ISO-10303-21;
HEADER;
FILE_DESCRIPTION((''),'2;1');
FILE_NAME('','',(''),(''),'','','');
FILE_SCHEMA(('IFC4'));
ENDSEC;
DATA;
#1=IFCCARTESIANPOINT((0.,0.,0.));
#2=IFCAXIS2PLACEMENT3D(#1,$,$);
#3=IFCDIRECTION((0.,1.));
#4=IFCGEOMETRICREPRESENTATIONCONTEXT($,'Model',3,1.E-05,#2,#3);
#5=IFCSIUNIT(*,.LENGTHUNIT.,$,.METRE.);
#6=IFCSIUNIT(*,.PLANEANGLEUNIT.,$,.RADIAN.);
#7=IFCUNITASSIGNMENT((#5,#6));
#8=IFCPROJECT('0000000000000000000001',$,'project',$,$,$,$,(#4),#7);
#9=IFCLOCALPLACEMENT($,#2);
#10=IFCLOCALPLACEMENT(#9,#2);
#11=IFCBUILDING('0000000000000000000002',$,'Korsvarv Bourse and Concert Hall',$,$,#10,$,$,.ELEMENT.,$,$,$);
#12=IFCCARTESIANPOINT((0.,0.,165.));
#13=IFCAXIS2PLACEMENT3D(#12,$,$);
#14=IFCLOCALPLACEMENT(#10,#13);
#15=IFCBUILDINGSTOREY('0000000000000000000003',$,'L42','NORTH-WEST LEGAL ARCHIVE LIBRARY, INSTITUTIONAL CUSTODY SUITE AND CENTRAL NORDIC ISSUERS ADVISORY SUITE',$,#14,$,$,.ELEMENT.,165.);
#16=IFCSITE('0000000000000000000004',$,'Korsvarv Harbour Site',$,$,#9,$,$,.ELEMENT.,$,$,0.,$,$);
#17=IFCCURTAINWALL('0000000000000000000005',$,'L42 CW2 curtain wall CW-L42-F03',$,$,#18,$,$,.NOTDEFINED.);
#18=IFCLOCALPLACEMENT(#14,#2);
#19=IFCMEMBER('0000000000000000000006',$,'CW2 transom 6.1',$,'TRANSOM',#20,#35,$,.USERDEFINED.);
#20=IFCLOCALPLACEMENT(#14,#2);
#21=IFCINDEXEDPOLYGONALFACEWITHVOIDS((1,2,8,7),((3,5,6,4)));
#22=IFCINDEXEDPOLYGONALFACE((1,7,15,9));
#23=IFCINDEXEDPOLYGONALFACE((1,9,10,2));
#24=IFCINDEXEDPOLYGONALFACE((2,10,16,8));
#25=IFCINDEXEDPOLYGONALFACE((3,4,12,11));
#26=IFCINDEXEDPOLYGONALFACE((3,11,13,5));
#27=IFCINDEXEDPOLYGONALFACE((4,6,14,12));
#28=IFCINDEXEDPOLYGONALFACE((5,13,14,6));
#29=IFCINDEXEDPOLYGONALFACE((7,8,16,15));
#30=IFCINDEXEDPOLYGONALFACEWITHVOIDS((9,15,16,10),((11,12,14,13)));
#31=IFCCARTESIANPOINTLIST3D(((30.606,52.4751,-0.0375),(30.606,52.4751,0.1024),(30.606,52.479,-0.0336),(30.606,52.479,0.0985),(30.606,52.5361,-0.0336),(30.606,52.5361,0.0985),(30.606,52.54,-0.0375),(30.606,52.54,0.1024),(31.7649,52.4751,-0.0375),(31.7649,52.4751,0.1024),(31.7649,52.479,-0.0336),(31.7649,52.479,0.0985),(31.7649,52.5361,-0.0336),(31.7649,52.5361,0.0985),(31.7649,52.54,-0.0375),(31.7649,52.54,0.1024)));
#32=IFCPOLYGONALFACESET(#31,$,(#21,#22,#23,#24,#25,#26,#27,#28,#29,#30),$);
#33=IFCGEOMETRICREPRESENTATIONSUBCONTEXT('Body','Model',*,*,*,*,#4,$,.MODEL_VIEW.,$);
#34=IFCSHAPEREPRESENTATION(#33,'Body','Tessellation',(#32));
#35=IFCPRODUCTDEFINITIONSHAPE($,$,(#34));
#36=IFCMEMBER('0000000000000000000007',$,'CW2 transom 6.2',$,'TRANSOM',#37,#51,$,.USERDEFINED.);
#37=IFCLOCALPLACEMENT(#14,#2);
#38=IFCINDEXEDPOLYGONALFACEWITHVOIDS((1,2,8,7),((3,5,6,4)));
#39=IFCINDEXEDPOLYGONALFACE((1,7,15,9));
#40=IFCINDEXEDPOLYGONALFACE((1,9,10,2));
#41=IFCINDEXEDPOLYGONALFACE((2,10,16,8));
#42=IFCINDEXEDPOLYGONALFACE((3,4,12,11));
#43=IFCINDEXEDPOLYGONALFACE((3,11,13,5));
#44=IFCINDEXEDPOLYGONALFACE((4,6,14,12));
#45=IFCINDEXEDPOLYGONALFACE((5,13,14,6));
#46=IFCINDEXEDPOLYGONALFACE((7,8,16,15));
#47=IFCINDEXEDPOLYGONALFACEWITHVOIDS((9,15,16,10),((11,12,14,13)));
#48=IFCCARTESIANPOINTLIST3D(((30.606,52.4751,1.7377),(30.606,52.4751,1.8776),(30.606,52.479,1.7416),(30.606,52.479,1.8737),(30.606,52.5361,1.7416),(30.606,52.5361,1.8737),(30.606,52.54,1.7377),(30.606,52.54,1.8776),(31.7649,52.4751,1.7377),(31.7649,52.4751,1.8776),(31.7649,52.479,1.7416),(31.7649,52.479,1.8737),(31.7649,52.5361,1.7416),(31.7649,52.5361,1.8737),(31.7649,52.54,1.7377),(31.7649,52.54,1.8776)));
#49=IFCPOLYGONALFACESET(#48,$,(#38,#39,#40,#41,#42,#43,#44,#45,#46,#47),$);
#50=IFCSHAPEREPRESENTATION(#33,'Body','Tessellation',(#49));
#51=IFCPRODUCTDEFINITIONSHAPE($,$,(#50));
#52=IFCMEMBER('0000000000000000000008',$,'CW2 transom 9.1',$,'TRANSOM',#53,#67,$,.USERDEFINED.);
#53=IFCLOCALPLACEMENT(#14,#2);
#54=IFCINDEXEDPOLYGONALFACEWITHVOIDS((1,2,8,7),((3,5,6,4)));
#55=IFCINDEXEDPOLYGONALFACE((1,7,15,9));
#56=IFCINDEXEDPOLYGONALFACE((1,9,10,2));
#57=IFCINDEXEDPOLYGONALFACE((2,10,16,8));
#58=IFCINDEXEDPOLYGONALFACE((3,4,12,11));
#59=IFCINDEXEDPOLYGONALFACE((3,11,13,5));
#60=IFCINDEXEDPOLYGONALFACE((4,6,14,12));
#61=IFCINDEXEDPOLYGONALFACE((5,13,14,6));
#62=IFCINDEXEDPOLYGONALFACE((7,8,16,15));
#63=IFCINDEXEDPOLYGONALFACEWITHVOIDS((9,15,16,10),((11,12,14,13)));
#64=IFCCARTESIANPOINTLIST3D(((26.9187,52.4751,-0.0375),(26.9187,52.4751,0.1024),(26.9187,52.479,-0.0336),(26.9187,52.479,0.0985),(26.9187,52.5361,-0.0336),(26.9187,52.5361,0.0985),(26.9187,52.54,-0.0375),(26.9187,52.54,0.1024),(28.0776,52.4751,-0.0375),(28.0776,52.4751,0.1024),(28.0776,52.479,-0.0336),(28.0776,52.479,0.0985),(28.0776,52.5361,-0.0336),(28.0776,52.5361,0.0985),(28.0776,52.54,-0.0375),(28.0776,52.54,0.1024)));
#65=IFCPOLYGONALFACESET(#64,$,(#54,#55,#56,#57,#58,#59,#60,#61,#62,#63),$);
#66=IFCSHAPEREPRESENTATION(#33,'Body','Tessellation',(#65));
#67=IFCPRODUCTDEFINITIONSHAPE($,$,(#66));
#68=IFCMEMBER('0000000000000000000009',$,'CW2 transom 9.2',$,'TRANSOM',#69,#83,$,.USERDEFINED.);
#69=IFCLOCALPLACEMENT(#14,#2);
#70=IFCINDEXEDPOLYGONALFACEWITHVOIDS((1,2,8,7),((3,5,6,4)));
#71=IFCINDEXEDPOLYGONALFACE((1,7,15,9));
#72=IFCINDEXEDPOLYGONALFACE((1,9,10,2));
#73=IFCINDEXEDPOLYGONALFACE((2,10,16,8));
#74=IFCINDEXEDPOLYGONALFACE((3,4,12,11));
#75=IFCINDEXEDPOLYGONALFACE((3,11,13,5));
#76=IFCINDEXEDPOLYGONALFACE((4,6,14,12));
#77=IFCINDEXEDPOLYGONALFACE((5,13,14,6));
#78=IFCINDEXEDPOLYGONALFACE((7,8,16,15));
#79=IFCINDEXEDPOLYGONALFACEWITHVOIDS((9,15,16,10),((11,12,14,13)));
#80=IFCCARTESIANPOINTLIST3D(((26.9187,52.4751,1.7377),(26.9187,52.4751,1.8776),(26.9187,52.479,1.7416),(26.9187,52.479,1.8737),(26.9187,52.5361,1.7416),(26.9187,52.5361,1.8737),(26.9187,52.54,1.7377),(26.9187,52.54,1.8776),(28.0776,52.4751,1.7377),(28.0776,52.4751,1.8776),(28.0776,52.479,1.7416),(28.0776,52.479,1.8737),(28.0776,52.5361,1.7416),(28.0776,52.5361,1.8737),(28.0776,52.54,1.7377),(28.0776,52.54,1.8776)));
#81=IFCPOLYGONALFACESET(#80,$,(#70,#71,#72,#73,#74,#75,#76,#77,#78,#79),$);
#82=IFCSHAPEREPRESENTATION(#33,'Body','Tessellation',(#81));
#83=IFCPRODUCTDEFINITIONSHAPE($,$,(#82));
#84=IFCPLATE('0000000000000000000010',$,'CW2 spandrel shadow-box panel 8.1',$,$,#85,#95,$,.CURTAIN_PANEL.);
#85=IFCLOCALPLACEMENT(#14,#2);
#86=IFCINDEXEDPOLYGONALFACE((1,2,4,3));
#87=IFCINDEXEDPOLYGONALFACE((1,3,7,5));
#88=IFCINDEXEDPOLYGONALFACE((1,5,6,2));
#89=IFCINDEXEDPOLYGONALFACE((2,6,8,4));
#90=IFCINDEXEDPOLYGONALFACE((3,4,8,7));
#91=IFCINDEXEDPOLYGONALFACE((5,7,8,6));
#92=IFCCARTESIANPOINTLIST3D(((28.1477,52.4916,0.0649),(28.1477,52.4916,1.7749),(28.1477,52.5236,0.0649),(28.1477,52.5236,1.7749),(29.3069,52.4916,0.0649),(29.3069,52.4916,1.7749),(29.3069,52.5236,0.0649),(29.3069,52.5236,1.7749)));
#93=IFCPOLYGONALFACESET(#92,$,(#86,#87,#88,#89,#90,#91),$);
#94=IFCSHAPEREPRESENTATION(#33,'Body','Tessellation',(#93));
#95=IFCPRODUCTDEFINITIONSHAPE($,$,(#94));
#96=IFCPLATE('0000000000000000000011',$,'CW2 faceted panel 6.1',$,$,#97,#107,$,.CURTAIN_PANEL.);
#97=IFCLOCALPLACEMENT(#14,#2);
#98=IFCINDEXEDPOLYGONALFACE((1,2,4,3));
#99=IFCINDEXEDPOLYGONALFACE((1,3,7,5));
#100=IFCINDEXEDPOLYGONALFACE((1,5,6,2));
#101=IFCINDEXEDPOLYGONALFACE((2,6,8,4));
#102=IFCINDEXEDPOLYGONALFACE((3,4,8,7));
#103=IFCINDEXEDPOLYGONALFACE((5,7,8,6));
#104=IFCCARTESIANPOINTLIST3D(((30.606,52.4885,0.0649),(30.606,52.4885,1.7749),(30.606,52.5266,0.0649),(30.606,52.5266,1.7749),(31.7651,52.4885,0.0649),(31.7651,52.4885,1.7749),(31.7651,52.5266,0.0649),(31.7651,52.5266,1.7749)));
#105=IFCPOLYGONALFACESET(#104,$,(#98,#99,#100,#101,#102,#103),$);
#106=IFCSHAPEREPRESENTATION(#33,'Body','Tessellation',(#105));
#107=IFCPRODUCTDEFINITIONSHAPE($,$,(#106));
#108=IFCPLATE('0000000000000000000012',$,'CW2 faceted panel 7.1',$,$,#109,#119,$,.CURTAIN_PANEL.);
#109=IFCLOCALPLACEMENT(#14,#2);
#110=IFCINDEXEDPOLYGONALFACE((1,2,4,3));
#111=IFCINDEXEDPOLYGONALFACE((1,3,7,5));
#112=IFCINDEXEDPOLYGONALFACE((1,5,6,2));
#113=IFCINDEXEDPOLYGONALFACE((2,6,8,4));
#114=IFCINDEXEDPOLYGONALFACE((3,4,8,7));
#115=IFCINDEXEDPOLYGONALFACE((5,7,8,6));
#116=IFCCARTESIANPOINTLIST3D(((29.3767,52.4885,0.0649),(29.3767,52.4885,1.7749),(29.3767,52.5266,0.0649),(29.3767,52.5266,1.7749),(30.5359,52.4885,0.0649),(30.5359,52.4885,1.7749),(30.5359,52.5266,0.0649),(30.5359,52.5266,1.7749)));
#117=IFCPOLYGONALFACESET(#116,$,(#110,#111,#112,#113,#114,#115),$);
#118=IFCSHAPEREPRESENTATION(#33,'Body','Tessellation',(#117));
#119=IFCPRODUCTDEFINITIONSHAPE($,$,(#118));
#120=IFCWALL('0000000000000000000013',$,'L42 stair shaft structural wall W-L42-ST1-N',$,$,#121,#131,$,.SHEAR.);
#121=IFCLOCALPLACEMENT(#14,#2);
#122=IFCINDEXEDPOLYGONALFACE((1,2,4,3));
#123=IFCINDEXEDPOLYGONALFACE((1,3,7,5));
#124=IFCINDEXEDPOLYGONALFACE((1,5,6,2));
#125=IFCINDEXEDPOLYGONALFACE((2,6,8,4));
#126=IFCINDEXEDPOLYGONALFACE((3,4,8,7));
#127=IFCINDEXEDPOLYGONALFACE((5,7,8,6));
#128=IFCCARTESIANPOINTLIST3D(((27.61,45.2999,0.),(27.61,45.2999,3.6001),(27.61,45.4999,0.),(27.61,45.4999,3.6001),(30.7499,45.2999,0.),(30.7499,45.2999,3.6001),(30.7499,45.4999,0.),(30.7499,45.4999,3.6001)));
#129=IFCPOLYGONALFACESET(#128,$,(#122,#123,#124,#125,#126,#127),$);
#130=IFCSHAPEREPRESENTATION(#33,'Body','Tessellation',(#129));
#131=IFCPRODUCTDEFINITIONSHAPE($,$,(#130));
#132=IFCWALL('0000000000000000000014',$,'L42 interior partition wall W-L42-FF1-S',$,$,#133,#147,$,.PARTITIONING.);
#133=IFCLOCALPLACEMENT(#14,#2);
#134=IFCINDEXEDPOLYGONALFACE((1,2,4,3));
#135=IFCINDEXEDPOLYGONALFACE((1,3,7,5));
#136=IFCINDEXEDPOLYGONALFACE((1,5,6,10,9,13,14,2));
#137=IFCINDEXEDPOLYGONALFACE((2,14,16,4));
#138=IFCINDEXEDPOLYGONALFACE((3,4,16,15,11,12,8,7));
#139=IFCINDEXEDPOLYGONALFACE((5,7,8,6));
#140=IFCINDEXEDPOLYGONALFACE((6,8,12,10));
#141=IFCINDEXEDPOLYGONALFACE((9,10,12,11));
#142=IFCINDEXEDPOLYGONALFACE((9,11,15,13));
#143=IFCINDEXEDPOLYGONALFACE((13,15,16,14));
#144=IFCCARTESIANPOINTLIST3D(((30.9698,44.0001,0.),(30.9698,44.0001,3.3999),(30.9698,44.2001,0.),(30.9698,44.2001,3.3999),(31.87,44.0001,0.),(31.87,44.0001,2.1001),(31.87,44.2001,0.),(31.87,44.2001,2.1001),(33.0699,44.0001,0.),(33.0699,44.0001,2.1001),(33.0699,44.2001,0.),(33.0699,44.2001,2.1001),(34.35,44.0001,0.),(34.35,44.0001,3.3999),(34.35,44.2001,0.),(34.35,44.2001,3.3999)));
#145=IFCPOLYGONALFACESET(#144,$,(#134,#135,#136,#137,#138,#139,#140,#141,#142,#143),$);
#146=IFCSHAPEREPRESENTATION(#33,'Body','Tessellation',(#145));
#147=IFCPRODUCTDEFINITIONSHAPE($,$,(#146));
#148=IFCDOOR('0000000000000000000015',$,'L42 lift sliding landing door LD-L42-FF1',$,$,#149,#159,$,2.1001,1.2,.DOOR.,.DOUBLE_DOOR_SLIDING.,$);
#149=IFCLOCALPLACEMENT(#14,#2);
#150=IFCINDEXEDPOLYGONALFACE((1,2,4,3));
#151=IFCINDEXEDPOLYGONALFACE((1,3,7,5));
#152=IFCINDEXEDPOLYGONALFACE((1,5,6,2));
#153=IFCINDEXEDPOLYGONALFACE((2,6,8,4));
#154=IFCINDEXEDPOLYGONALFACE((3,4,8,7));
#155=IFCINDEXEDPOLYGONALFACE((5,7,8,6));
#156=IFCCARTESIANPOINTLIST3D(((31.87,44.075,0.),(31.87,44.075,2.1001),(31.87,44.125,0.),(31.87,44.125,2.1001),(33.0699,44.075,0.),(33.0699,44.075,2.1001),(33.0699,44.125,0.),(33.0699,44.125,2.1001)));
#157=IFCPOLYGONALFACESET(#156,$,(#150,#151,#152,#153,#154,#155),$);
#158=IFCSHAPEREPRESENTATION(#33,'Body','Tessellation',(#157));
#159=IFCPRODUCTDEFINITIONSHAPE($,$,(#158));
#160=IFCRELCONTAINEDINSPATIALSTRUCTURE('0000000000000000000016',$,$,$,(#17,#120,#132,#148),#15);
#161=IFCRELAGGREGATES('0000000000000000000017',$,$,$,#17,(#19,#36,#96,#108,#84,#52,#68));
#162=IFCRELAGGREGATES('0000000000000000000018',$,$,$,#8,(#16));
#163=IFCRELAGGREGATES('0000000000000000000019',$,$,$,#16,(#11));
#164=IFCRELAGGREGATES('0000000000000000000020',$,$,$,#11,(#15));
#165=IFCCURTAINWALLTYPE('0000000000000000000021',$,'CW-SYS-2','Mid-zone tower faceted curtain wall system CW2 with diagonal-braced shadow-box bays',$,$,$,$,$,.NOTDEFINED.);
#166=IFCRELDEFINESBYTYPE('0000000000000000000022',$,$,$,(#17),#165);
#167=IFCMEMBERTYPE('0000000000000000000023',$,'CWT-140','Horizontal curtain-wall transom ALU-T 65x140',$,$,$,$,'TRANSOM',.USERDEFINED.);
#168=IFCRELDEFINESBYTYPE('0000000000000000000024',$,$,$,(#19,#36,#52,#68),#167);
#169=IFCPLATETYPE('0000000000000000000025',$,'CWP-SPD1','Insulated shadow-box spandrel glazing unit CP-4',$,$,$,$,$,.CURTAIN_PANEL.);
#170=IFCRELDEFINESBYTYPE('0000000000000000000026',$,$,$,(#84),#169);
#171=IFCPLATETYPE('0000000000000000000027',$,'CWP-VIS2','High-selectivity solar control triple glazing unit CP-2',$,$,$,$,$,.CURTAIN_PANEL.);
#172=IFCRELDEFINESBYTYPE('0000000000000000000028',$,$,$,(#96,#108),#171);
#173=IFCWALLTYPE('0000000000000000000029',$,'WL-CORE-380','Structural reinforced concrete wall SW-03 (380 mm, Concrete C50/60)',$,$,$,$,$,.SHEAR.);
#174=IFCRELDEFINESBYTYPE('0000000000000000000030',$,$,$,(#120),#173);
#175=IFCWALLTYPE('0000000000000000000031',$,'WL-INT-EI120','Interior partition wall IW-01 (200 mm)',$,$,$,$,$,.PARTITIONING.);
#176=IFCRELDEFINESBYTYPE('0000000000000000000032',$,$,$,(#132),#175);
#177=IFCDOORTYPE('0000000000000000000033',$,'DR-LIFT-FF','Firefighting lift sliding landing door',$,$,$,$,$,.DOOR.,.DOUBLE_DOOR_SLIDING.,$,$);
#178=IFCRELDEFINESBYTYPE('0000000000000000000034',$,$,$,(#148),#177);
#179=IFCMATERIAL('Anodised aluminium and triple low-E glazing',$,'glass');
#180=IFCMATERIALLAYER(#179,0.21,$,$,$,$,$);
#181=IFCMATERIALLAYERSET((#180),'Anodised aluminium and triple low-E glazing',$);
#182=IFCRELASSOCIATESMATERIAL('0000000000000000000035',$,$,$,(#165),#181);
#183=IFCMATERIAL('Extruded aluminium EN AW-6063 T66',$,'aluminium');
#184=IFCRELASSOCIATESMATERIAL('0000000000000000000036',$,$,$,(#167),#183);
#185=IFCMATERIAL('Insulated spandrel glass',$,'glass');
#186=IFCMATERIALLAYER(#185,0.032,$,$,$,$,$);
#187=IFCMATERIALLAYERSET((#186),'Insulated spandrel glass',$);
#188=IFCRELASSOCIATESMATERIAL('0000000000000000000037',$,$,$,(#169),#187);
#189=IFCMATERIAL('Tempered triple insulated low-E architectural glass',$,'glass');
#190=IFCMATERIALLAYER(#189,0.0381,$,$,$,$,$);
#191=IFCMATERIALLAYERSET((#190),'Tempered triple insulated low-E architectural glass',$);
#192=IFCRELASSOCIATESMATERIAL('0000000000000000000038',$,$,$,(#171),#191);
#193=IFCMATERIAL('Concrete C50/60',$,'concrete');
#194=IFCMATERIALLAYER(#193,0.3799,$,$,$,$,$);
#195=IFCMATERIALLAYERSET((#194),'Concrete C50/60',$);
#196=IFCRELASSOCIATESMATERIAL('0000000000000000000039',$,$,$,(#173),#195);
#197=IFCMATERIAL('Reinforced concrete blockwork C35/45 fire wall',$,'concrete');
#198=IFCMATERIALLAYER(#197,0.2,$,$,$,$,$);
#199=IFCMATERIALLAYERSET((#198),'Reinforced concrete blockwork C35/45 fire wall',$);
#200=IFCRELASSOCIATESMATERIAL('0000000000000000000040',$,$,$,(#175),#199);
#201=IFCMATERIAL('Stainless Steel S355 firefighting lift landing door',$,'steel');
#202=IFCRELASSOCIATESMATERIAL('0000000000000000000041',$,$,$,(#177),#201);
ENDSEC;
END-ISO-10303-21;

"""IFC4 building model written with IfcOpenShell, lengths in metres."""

from ifc_helpers import new_model, si_unit, direction, frame, frame_2d, origin, origin_2d, place, context, subcontext, project, spatial, rectangle, hollow_rectangle, extrude, source, transform, mapped, material, layer, layer_set, material_profile, profile_set, type_object, element, fill, aggregate, save


model = new_model("IFC4")

# Units and contexts
model_context = context("Model", 3, precision=1e-05, world=origin(), true_north=direction((0.0, 1.0)))
body_context = subcontext(model_context, "Body", "Model", "MODEL_VIEW")
ifc_project = project(units=[si_unit("LENGTHUNIT", "METRE"), si_unit("PLANEANGLEUNIT", "RADIAN")], contexts=[model_context])

# Site, building, storey
site_placement = place(None, origin())
site = spatial("IfcSite", under=ifc_project, at=site_placement, Name="Korsvarv Harbour Site", CompositionType="ELEMENT", RefElevation=0.0)
building_placement = place(site_placement, origin())
building = spatial("IfcBuilding", under=site, at=building_placement, Name="Korsvarv Bourse and Concert Hall", CompositionType="ELEMENT")
storey_placement = place(building_placement, frame((0.0, 0.0, 165.0)))
storey = spatial("IfcBuildingStorey", under=building, at=storey_placement, Name="L42", Description="NORTH-WEST LEGAL ARCHIVE LIBRARY, INSTITUTIONAL CUSTODY SUITE AND CENTRAL NORDIC ISSUERS ADVISORY SUITE", CompositionType="ELEMENT", Elevation=165.0)

# Curtain wall, members, plates
ifc_material_1 = material(Name="Anodised aluminium and triple low-E glazing", Category="glass")
ifc_layer_1 = layer(ifc_material_1, 0.21)
ifc_layer_set_1 = layer_set([ifc_layer_1], Name="Anodised aluminium and triple low-E glazing")
curtain_wall_type = type_object("IfcCurtainWallType", Name="CW-SYS-2", Description="Mid-zone tower faceted curtain wall system CW2 with diagonal-braced shadow-box bays", PredefinedType="NOTDEFINED", material=ifc_layer_set_1)
curtain_wall_placement = place(storey_placement, origin())
curtain_wall = element("IfcCurtainWall", 1, at=curtain_wall_placement, inside=storey, type_object=curtain_wall_type, Name="L42 CW2 curtain wall CW-L42-F03", PredefinedType="NOTDEFINED")
ifc_material_2 = material(Name="Extruded aluminium EN AW-6063 T66", Category="aluminium")
ifc_material_profile_1 = material_profile(ifc_material_2, hollow_rectangle(XDim=0.0649, YDim=0.1399, WallThickness=0.0039, at=origin_2d()), Name="ALU-T 65x140")
ifc_profile_set_1 = profile_set([ifc_material_profile_1], Name="Extruded aluminium EN AW-6063 T66")
member_type_1 = type_object("IfcMemberType", Name="CWT-140", Description="Horizontal curtain-wall transom ALU-T 65x140", ElementType="TRANSOM", PredefinedType="USERDEFINED", material=ifc_profile_set_1)
shared_shape_1 = source(origin(), body_context, "Body", "SweptSolid", [
    extrude(hollow_rectangle(XDim=0.0649, YDim=0.1399, WallThickness=0.0039, at=origin_2d()), origin(), (0.0, 0.0, 1.0), 1.1589),
])
member_1_placement = place(storey_placement, frame((31.7649, 52.5076, 0.0325), z_axis=(-1.0, 0.0, 0.0), x_axis=(0.0, -1.0, 0.0)))
member_1 = element("IfcMember", 2, at=member_1_placement, type_object=member_type_1, Name="CW2 transom 6.1", ObjectType="TRANSOM", PredefinedType="USERDEFINED", context=body_context, shape_type="MappedRepresentation", body=[
    mapped(shared_shape_1, transform((0.0, 0.0, 0.0), scale=1.0)),
])
member_2_placement = place(storey_placement, frame((31.7649, 52.5076, 1.8076), z_axis=(-1.0, 0.0, 0.0), x_axis=(0.0, -1.0, 0.0)))
member_2 = element("IfcMember", 3, at=member_2_placement, type_object=member_type_1, Name="CW2 transom 6.2", ObjectType="TRANSOM", PredefinedType="USERDEFINED", context=body_context, shape_type="MappedRepresentation", body=[
    mapped(shared_shape_1, transform((0.0, 0.0, 0.0), scale=1.0)),
])
member_3_placement = place(storey_placement, frame((28.0776, 52.5076, 0.0325), z_axis=(-1.0, 0.0, 0.0), x_axis=(0.0, -1.0, 0.0)))
member_3 = element("IfcMember", 4, at=member_3_placement, type_object=member_type_1, Name="CW2 transom 9.1", ObjectType="TRANSOM", PredefinedType="USERDEFINED", context=body_context, shape_type="MappedRepresentation", body=[
    mapped(shared_shape_1, transform((0.0, 0.0, 0.0), scale=1.0)),
])
member_4_placement = place(storey_placement, frame((28.0776, 52.5076, 1.8076), z_axis=(-1.0, 0.0, 0.0), x_axis=(0.0, -1.0, 0.0)))
member_4 = element("IfcMember", 5, at=member_4_placement, type_object=member_type_1, Name="CW2 transom 9.2", ObjectType="TRANSOM", PredefinedType="USERDEFINED", context=body_context, shape_type="MappedRepresentation", body=[
    mapped(shared_shape_1, transform((0.0, 0.0, 0.0), scale=1.0)),
])
ifc_material_3 = material(Name="Insulated spandrel glass", Category="glass")
ifc_layer_2 = layer(ifc_material_3, 0.032)
ifc_layer_set_2 = layer_set([ifc_layer_2], Name="Insulated spandrel glass")
plate_type_1 = type_object("IfcPlateType", Name="CWP-SPD1", Description="Insulated shadow-box spandrel glazing unit CP-4", PredefinedType="CURTAIN_PANEL", material=ifc_layer_set_2)
shared_shape_2 = source(origin(), body_context, "Body", "SweptSolid", [
    extrude(rectangle(XDim=1.1592, YDim=0.032, at=origin_2d()), origin(), (0.0, 0.0, 1.0), 1.71),
])
plate_1_placement = place(storey_placement, frame((28.7273, 52.5076, 0.0649), z_axis=(0.0, 0.0, 1.0), x_axis=(-1.0, 0.0, 0.0)))
plate_1 = element("IfcPlate", 6, at=plate_1_placement, type_object=plate_type_1, Name="CW2 spandrel shadow-box panel 8.1", PredefinedType="CURTAIN_PANEL", context=body_context, shape_type="MappedRepresentation", body=[
    mapped(shared_shape_2, transform((0.0, 0.0, 0.0), scale=1.0)),
])
ifc_material_4 = material(Name="Tempered triple insulated low-E architectural glass", Category="glass")
ifc_layer_3 = layer(ifc_material_4, 0.0381)
ifc_layer_set_3 = layer_set([ifc_layer_3], Name="Tempered triple insulated low-E architectural glass")
plate_type_2 = type_object("IfcPlateType", Name="CWP-VIS2", Description="High-selectivity solar control triple glazing unit CP-2", PredefinedType="CURTAIN_PANEL", material=ifc_layer_set_3)
shared_shape_3 = source(origin(), body_context, "Body", "SweptSolid", [
    extrude(rectangle(XDim=1.1592, YDim=0.0381, at=origin_2d()), origin(), (0.0, 0.0, 1.0), 1.71),
])
plate_2_placement = place(storey_placement, frame((31.1855, 52.5076, 0.0649), z_axis=(0.0, 0.0, 1.0), x_axis=(-1.0, 0.0, 0.0)))
plate_2 = element("IfcPlate", 7, at=plate_2_placement, type_object=plate_type_2, Name="CW2 faceted panel 6.1", PredefinedType="CURTAIN_PANEL", context=body_context, shape_type="MappedRepresentation", body=[
    mapped(shared_shape_3, transform((0.0, 0.0, 0.0), scale=1.0)),
])
plate_3_placement = place(storey_placement, frame((29.9563, 52.5076, 0.0649), z_axis=(0.0, 0.0, 1.0), x_axis=(-1.0, 0.0, 0.0)))
plate_3 = element("IfcPlate", 8, at=plate_3_placement, type_object=plate_type_2, Name="CW2 faceted panel 7.1", PredefinedType="CURTAIN_PANEL", context=body_context, shape_type="MappedRepresentation", body=[
    mapped(shared_shape_3, transform((0.0, 0.0, 0.0), scale=1.0)),
])
aggregate(curtain_wall, [member_1, member_2, plate_2, plate_3, plate_1, member_3, member_4])

# Wall
ifc_material_5 = material(Name="Concrete C50/60", Category="concrete")
ifc_layer_4 = layer(ifc_material_5, 0.3799)
ifc_layer_set_4 = layer_set([ifc_layer_4], Name="Concrete C50/60")
wall_type_1 = type_object("IfcWallType", Name="WL-CORE-380", Description="Structural reinforced concrete wall SW-03 (380 mm, Concrete C50/60)", PredefinedType="SHEAR", material=ifc_layer_set_4)
wall_1_placement = place(storey_placement, frame((27.6101, 45.3999, 0.0), z_axis=(0.0, 0.0, 1.0), x_axis=(1.0, 0.0, 0.0)))
element("IfcWall", 9, at=wall_1_placement, inside=storey, type_object=wall_type_1, Name="L42 stair shaft structural wall W-L42-ST1-N", PredefinedType="SHEAR", context=body_context, shape_type="SweptSolid", body=[
    extrude(rectangle(XDim=3.1399, YDim=0.2, at=frame_2d((1.5698, 0.0))), origin(), (0.0, 0.0, 1.0), 3.6001),
])

# Wall, opening, door
ifc_material_6 = material(Name="Reinforced concrete blockwork C35/45 fire wall", Category="concrete")
ifc_layer_5 = layer(ifc_material_6, 0.2)
ifc_layer_set_5 = layer_set([ifc_layer_5], Name="Reinforced concrete blockwork C35/45 fire wall")
wall_type_2 = type_object("IfcWallType", Name="WL-INT-EI120", Description="Interior partition wall IW-01 (200 mm)", PredefinedType="PARTITIONING", material=ifc_layer_set_5)
wall_2_placement = place(storey_placement, frame((30.97, 44.1001, 0.0), z_axis=(0.0, 0.0, 1.0), x_axis=(1.0, 0.0, 0.0)))
wall_2 = element("IfcWall", 10, at=wall_2_placement, inside=storey, type_object=wall_type_2, Name="L42 interior partition wall W-L42-FF1-S", PredefinedType="PARTITIONING", context=body_context, shape_type="SweptSolid", body=[
    extrude(rectangle(XDim=3.3801, YDim=0.2, at=frame_2d((1.6899, 0.0))), origin(), (0.0, 0.0, 1.0), 3.3999),
])
opening_placement = place(wall_2_placement, frame((0.8999, 0.0, 0.0)))
opening = element("IfcOpeningElement", 11, at=opening_placement, cuts=wall_2, PredefinedType="OPENING", context=body_context, shape_type="SweptSolid", body=[
    extrude(rectangle(XDim=1.2, YDim=2.1001, at=frame_2d((0.6001, 1.05))), frame((0.0, 0.1099, 0.0), z_axis=(0.0, -1.0, 0.0), x_axis=(1.0, 0.0, 0.0)), (0.0, 0.0, 1.0), 0.22),
])
ifc_material_7 = material(Name="Stainless Steel S355 firefighting lift landing door", Category="steel")
door_type = type_object("IfcDoorType", Name="DR-LIFT-FF", Description="Firefighting lift sliding landing door", OperationType="DOUBLE_DOOR_SLIDING", PredefinedType="DOOR", material=ifc_material_7)
door_placement = place(opening_placement, origin())
door = element("IfcDoor", 12, at=door_placement, inside=storey, type_object=door_type, Name="L42 lift sliding landing door LD-L42-FF1", OperationType="DOUBLE_DOOR_SLIDING", OverallHeight=2.1001, OverallWidth=1.2, PredefinedType="DOOR", context=body_context, shape_type="SweptSolid", body=[
    extrude(rectangle(XDim=1.2, YDim=2.1001, at=frame_2d((0.6001, 1.05))), frame((0.0, 0.0249, 0.0), z_axis=(0.0, -1.0, 0.0), x_axis=(1.0, 0.0, 0.0)), (0.0, 0.0, 1.0), 0.05),
])
fill(opening, door)

save(model, "model.ifc")
